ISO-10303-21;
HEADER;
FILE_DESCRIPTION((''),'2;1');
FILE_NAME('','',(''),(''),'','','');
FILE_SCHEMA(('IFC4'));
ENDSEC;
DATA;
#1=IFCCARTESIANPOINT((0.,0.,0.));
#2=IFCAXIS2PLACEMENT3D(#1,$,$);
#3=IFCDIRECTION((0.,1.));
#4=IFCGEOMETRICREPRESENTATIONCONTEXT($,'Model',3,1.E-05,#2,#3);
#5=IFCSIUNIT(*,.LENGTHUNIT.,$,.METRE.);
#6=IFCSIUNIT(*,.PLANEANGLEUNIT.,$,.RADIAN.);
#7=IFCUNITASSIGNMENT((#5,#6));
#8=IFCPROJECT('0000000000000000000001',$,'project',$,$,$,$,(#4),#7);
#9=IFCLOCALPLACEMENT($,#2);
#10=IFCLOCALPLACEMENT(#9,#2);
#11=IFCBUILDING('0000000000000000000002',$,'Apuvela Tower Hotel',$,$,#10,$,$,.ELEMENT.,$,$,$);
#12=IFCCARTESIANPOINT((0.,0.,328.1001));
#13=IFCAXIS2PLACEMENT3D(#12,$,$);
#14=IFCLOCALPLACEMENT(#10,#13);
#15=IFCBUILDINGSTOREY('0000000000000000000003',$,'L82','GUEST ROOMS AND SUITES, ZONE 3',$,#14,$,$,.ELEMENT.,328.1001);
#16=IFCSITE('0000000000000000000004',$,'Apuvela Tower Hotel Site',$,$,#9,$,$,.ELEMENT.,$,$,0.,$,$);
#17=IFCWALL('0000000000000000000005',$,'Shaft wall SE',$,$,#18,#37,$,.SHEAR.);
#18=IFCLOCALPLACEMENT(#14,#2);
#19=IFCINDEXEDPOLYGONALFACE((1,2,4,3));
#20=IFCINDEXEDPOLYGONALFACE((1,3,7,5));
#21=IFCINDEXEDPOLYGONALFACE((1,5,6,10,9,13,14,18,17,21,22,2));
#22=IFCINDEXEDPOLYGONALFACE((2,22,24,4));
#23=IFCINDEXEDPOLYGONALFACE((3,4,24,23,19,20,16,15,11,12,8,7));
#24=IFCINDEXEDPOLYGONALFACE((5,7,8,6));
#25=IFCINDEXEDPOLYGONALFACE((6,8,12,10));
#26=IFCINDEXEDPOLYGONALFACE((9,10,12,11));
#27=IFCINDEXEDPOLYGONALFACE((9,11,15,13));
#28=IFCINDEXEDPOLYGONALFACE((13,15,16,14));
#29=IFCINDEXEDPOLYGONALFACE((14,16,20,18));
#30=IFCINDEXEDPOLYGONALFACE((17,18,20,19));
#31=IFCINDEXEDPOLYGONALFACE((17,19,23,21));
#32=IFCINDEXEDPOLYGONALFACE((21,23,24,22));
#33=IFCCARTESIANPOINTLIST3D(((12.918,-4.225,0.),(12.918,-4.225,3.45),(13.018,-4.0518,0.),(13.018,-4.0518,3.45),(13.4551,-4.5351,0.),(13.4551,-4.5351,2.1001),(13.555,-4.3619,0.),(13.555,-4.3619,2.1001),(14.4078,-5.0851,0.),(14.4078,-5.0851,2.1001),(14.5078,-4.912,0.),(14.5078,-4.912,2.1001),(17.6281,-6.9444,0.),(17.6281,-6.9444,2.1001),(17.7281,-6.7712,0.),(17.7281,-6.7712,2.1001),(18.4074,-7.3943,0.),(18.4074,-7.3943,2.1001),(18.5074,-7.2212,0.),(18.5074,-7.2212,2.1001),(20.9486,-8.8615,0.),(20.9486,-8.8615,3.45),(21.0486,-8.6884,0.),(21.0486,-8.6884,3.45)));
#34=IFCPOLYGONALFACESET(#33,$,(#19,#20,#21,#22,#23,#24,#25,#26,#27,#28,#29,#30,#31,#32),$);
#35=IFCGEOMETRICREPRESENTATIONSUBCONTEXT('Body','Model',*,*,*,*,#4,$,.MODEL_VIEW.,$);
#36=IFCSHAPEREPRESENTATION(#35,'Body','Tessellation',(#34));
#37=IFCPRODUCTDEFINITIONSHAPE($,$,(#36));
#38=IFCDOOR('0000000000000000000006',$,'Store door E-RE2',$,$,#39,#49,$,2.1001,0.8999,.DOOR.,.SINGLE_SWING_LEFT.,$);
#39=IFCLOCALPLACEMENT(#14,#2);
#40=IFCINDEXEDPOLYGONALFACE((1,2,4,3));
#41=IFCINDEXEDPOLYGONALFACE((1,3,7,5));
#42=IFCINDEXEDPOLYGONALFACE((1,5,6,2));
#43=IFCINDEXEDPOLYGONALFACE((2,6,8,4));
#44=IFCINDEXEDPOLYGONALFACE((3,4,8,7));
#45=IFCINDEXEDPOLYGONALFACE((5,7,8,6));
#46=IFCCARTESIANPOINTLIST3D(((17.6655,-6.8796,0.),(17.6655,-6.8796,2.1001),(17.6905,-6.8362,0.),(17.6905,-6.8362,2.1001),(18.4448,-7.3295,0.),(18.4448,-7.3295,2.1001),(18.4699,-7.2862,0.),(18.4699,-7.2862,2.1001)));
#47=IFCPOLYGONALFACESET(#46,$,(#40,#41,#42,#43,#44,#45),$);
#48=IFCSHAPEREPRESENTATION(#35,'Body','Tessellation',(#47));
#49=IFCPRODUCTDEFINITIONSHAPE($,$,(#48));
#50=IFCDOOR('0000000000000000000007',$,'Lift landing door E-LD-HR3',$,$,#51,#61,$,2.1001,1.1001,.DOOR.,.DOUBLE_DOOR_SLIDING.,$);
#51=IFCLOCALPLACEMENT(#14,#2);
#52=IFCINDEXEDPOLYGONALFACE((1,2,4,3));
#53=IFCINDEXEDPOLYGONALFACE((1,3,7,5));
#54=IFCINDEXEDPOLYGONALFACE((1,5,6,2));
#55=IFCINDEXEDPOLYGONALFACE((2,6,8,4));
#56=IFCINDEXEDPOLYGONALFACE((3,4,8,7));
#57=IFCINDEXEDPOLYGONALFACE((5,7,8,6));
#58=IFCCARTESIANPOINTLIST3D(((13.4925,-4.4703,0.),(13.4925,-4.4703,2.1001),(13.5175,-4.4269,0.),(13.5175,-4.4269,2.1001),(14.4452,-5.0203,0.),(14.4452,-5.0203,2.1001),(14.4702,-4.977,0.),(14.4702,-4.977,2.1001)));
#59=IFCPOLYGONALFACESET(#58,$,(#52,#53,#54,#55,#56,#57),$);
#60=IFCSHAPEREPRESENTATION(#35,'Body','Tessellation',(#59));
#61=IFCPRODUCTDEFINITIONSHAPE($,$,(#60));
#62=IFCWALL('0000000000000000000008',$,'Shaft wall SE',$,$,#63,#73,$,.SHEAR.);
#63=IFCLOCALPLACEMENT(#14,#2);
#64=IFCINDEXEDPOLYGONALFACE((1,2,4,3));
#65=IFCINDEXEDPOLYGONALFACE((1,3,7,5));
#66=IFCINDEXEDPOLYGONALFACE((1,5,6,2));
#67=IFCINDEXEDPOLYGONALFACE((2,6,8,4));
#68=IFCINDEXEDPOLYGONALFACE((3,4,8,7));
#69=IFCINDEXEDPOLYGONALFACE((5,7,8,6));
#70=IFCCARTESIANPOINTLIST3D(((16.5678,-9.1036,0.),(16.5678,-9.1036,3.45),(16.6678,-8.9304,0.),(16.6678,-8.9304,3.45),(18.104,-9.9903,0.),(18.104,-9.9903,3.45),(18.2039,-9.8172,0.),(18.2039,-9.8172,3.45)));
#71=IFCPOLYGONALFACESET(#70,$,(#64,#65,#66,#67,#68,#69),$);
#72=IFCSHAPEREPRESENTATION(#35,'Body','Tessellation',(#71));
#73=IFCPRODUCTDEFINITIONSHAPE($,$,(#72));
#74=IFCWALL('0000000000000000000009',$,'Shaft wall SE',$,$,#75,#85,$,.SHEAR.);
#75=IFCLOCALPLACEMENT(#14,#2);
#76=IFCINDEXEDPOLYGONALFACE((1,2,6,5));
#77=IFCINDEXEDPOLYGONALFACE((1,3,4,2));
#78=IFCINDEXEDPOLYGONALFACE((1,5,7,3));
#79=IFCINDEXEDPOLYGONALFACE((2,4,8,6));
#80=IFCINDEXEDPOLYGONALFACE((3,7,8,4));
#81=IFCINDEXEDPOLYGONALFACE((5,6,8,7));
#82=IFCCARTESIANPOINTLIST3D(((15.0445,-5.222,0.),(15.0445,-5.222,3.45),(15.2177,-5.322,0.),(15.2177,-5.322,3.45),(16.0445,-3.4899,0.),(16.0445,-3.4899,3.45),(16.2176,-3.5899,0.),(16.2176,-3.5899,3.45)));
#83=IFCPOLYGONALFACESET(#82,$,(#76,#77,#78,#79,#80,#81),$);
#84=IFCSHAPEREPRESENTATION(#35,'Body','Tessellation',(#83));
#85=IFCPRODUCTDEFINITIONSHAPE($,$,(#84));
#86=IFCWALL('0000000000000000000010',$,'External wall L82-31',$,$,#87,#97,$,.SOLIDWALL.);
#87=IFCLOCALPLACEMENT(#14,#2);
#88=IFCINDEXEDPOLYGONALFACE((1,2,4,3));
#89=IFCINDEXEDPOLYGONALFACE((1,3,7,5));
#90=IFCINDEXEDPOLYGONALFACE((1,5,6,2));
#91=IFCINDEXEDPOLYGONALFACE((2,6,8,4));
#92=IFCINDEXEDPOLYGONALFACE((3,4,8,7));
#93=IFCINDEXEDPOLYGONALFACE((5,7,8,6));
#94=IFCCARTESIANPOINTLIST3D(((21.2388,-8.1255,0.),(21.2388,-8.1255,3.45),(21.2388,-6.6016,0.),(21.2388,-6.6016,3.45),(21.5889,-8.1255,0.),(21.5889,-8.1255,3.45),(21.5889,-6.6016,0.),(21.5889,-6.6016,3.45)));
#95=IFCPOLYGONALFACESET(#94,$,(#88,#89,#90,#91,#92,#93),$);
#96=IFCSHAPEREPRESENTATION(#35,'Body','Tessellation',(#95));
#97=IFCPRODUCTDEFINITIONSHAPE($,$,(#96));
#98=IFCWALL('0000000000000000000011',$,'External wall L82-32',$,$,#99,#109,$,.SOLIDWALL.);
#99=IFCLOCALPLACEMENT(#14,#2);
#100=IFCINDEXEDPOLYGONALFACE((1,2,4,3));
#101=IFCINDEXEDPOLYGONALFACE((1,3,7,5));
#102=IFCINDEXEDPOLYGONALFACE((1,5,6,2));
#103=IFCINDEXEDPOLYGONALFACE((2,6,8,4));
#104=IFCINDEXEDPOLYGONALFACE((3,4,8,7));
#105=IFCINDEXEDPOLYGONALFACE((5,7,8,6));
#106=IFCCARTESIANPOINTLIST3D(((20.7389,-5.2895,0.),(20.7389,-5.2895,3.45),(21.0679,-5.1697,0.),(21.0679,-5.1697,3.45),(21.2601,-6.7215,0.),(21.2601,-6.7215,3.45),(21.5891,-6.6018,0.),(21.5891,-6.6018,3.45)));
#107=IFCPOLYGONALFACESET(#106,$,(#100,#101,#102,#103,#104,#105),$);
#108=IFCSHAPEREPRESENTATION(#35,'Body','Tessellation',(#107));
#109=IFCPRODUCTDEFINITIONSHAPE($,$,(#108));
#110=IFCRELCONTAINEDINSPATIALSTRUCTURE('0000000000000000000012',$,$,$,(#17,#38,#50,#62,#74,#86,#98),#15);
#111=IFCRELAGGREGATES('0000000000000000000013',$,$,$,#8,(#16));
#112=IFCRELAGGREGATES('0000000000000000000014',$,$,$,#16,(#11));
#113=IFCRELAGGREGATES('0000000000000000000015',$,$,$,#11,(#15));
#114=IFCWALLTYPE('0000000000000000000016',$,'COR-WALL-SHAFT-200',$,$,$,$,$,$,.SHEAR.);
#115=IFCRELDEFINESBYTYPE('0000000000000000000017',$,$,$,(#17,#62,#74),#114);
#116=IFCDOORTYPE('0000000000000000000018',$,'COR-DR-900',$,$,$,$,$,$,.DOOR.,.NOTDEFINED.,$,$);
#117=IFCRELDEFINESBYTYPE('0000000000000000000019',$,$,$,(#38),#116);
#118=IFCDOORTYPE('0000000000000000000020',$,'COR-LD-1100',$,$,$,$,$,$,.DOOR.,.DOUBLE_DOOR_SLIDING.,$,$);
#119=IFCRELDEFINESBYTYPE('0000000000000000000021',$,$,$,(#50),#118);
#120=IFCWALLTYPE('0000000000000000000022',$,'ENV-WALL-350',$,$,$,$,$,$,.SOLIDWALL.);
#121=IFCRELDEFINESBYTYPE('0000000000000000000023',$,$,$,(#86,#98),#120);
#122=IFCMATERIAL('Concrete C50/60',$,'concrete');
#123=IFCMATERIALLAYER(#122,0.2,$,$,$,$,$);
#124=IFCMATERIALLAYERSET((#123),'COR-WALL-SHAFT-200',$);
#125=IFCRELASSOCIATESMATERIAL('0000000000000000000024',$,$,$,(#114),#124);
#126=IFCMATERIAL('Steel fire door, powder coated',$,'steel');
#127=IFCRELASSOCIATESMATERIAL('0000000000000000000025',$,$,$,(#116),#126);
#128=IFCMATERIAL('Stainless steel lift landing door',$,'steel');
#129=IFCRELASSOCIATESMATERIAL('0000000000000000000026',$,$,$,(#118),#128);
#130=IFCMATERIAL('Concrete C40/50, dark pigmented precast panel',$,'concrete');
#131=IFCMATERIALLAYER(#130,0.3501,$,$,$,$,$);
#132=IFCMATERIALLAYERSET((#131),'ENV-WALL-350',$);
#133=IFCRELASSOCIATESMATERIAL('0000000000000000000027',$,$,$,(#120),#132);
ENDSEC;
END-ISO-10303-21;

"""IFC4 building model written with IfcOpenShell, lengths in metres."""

from ifc_helpers import new_model, si_unit, direction, frame, frame_2d, origin, place, context, subcontext, project, spatial, rectangle, extrude, material, layer, layer_set, type_object, element, fill, save


model = new_model("IFC4")

# Units and contexts
model_context = context("Model", 3, precision=1e-05, world=origin(), true_north=direction((0.0, 1.0)))
body_context = subcontext(model_context, "Body", "Model", "MODEL_VIEW")
ifc_project = project(units=[si_unit("LENGTHUNIT", "METRE"), si_unit("PLANEANGLEUNIT", "RADIAN")], contexts=[model_context])

# Site, building, storey
site_placement = place(None, origin())
site = spatial("IfcSite", under=ifc_project, at=site_placement, Name="Apuvela Tower Hotel Site", CompositionType="ELEMENT", RefElevation=0.0)
building_placement = place(site_placement, origin())
building = spatial("IfcBuilding", under=site, at=building_placement, Name="Apuvela Tower Hotel", CompositionType="ELEMENT")
storey_placement = place(building_placement, frame((0.0, 0.0, 328.1001)))
storey = spatial("IfcBuildingStorey", under=building, at=storey_placement, Name="L82", Description="GUEST ROOMS AND SUITES, ZONE 3", CompositionType="ELEMENT", Elevation=328.1001)

# Shared definitions
ifc_material_1 = material(Name="Concrete C50/60", Category="concrete")
ifc_layer_1 = layer(ifc_material_1, 0.2)
ifc_layer_set_1 = layer_set([ifc_layer_1], Name="COR-WALL-SHAFT-200")
wall_type_1 = type_object("IfcWallType", Name="COR-WALL-SHAFT-200", PredefinedType="SHEAR", material=ifc_layer_set_1)

# Wall, openings, doors
wall_1_placement = place(storey_placement, frame((12.968, -4.1384, 0.0), z_axis=(0.0, 0.0, 1.0), x_axis=(0.866023, -0.500004, 0.0)))
wall_1 = element("IfcWall", 1, at=wall_1_placement, inside=storey, type_object=wall_type_1, Name="Shaft wall SE", PredefinedType="SHEAR", context=body_context, shape_type="SweptSolid", body=[
    extrude(rectangle(XDim=9.2729, YDim=0.2, at=frame_2d((4.6365, 0.0))), origin(), (0.0, 0.0, 1.0), 3.45),
])
opening_1_placement = place(wall_1_placement, frame((0.6201, 0.0, 0.0)))
opening_1 = element("IfcOpeningElement", 2, at=opening_1_placement, cuts=wall_1, PredefinedType="OPENING", context=body_context, shape_type="SweptSolid", body=[
    extrude(rectangle(XDim=1.1001, YDim=2.1001, at=frame_2d((0.55, 1.05))), frame((0.0, 0.1099, 0.0), z_axis=(0.0, -1.0, 0.0), x_axis=(1.0, 0.0, 0.0)), (0.0, 0.0, 1.0), 0.22),
])
opening_2_placement = place(wall_1_placement, frame((5.4387, 0.0, 0.0)))
opening_2 = element("IfcOpeningElement", 3, at=opening_2_placement, cuts=wall_1, PredefinedType="OPENING", context=body_context, shape_type="SweptSolid", body=[
    extrude(rectangle(XDim=0.8999, YDim=2.1001, at=frame_2d((0.45, 1.05))), frame((0.0, 0.1099, 0.0), z_axis=(0.0, -1.0, 0.0), x_axis=(1.0, 0.0, 0.0)), (0.0, 0.0, 1.0), 0.22),
])
ifc_material_2 = material(Name="Steel fire door, powder coated", Category="steel")
door_type_1 = type_object("IfcDoorType", Name="COR-DR-900", OperationType="NOTDEFINED", PredefinedType="DOOR", material=ifc_material_2)
door_1_placement = place(opening_2_placement, origin())
door_1 = element("IfcDoor", 4, at=door_1_placement, inside=storey, type_object=door_type_1, Name="Store door E-RE2", OperationType="SINGLE_SWING_LEFT", OverallHeight=2.1001, OverallWidth=0.8999, PredefinedType="DOOR", context=body_context, shape_type="SweptSolid", body=[
    extrude(rectangle(XDim=0.8999, YDim=2.1001, at=frame_2d((0.45, 1.05))), frame((0.0, 0.0249, 0.0), z_axis=(0.0, -1.0, 0.0), x_axis=(1.0, 0.0, 0.0)), (0.0, 0.0, 1.0), 0.05),
])
fill(opening_2, door_1)
ifc_material_3 = material(Name="Stainless steel lift landing door", Category="steel")
door_type_2 = type_object("IfcDoorType", Name="COR-LD-1100", OperationType="DOUBLE_DOOR_SLIDING", PredefinedType="DOOR", material=ifc_material_3)
door_2_placement = place(opening_1_placement, origin())
door_2 = element("IfcDoor", 5, at=door_2_placement, inside=storey, type_object=door_type_2, Name="Lift landing door E-LD-HR3", OperationType="DOUBLE_DOOR_SLIDING", OverallHeight=2.1001, OverallWidth=1.1001, PredefinedType="DOOR", context=body_context, shape_type="SweptSolid", body=[
    extrude(rectangle(XDim=1.1001, YDim=2.1001, at=frame_2d((0.55, 1.05))), frame((0.0, 0.0249, 0.0), z_axis=(0.0, -1.0, 0.0), x_axis=(1.0, 0.0, 0.0)), (0.0, 0.0, 1.0), 0.05),
])
fill(opening_1, door_2)

# Walls
wall_2_placement = place(storey_placement, frame((16.6179, -9.0171, 0.0), z_axis=(0.0, 0.0, 1.0), x_axis=(0.866066, -0.499929, 0.0)))
element("IfcWall", 6, at=wall_2_placement, inside=storey, type_object=wall_type_1, Name="Shaft wall SE", PredefinedType="SHEAR", context=body_context, shape_type="SweptSolid", body=[
    extrude(rectangle(XDim=1.7737, YDim=0.2, at=frame_2d((0.8867, 0.0))), origin(), (0.0, 0.0, 1.0), 3.45),
])
wall_3_placement = place(storey_placement, frame((15.1311, -5.272, 0.0), z_axis=(0.0, 0.0, 1.0), x_axis=(0.499973, 0.866041, 0.0)))
element("IfcWall", 7, at=wall_3_placement, inside=storey, type_object=wall_type_1, Name="Shaft wall SE", PredefinedType="SHEAR", context=body_context, shape_type="SweptSolid", body=[
    extrude(rectangle(XDim=2.0, YDim=0.2, at=frame_2d((1.0, 0.0))), origin(), (0.0, 0.0, 1.0), 3.45),
])
ifc_material_4 = material(Name="Concrete C40/50, dark pigmented precast panel", Category="concrete")
ifc_layer_2 = layer(ifc_material_4, 0.3501)
ifc_layer_set_2 = layer_set([ifc_layer_2], Name="ENV-WALL-350")
wall_type_2 = type_object("IfcWallType", Name="ENV-WALL-350", PredefinedType="SOLIDWALL", material=ifc_layer_set_2)
for number, where, z_axis, x_axis, name in (
    (8, (21.4138, -8.1255, 0.0), (0.0, 0.0, 1.0), (0.0, 1.0, 0.0), "External wall L82-31"),
    (9, (21.4246, -6.6616, 0.0), (0.0, 0.0, 1.0), (-0.342013, 0.939695, 0.0), "External wall L82-32"),
):
    element("IfcWall", number, at=place(storey_placement, frame(where, z_axis=z_axis, x_axis=x_axis)), inside=storey, type_object=wall_type_2, Name=name, PredefinedType="SOLIDWALL", context=body_context, shape_type="SweptSolid", body=[
        extrude(rectangle(XDim=1.5239, YDim=0.3501, at=frame_2d((0.762, 0.0))), origin(), (0.0, 0.0, 1.0), 3.45),
    ])

save(model, "model.ifc")
